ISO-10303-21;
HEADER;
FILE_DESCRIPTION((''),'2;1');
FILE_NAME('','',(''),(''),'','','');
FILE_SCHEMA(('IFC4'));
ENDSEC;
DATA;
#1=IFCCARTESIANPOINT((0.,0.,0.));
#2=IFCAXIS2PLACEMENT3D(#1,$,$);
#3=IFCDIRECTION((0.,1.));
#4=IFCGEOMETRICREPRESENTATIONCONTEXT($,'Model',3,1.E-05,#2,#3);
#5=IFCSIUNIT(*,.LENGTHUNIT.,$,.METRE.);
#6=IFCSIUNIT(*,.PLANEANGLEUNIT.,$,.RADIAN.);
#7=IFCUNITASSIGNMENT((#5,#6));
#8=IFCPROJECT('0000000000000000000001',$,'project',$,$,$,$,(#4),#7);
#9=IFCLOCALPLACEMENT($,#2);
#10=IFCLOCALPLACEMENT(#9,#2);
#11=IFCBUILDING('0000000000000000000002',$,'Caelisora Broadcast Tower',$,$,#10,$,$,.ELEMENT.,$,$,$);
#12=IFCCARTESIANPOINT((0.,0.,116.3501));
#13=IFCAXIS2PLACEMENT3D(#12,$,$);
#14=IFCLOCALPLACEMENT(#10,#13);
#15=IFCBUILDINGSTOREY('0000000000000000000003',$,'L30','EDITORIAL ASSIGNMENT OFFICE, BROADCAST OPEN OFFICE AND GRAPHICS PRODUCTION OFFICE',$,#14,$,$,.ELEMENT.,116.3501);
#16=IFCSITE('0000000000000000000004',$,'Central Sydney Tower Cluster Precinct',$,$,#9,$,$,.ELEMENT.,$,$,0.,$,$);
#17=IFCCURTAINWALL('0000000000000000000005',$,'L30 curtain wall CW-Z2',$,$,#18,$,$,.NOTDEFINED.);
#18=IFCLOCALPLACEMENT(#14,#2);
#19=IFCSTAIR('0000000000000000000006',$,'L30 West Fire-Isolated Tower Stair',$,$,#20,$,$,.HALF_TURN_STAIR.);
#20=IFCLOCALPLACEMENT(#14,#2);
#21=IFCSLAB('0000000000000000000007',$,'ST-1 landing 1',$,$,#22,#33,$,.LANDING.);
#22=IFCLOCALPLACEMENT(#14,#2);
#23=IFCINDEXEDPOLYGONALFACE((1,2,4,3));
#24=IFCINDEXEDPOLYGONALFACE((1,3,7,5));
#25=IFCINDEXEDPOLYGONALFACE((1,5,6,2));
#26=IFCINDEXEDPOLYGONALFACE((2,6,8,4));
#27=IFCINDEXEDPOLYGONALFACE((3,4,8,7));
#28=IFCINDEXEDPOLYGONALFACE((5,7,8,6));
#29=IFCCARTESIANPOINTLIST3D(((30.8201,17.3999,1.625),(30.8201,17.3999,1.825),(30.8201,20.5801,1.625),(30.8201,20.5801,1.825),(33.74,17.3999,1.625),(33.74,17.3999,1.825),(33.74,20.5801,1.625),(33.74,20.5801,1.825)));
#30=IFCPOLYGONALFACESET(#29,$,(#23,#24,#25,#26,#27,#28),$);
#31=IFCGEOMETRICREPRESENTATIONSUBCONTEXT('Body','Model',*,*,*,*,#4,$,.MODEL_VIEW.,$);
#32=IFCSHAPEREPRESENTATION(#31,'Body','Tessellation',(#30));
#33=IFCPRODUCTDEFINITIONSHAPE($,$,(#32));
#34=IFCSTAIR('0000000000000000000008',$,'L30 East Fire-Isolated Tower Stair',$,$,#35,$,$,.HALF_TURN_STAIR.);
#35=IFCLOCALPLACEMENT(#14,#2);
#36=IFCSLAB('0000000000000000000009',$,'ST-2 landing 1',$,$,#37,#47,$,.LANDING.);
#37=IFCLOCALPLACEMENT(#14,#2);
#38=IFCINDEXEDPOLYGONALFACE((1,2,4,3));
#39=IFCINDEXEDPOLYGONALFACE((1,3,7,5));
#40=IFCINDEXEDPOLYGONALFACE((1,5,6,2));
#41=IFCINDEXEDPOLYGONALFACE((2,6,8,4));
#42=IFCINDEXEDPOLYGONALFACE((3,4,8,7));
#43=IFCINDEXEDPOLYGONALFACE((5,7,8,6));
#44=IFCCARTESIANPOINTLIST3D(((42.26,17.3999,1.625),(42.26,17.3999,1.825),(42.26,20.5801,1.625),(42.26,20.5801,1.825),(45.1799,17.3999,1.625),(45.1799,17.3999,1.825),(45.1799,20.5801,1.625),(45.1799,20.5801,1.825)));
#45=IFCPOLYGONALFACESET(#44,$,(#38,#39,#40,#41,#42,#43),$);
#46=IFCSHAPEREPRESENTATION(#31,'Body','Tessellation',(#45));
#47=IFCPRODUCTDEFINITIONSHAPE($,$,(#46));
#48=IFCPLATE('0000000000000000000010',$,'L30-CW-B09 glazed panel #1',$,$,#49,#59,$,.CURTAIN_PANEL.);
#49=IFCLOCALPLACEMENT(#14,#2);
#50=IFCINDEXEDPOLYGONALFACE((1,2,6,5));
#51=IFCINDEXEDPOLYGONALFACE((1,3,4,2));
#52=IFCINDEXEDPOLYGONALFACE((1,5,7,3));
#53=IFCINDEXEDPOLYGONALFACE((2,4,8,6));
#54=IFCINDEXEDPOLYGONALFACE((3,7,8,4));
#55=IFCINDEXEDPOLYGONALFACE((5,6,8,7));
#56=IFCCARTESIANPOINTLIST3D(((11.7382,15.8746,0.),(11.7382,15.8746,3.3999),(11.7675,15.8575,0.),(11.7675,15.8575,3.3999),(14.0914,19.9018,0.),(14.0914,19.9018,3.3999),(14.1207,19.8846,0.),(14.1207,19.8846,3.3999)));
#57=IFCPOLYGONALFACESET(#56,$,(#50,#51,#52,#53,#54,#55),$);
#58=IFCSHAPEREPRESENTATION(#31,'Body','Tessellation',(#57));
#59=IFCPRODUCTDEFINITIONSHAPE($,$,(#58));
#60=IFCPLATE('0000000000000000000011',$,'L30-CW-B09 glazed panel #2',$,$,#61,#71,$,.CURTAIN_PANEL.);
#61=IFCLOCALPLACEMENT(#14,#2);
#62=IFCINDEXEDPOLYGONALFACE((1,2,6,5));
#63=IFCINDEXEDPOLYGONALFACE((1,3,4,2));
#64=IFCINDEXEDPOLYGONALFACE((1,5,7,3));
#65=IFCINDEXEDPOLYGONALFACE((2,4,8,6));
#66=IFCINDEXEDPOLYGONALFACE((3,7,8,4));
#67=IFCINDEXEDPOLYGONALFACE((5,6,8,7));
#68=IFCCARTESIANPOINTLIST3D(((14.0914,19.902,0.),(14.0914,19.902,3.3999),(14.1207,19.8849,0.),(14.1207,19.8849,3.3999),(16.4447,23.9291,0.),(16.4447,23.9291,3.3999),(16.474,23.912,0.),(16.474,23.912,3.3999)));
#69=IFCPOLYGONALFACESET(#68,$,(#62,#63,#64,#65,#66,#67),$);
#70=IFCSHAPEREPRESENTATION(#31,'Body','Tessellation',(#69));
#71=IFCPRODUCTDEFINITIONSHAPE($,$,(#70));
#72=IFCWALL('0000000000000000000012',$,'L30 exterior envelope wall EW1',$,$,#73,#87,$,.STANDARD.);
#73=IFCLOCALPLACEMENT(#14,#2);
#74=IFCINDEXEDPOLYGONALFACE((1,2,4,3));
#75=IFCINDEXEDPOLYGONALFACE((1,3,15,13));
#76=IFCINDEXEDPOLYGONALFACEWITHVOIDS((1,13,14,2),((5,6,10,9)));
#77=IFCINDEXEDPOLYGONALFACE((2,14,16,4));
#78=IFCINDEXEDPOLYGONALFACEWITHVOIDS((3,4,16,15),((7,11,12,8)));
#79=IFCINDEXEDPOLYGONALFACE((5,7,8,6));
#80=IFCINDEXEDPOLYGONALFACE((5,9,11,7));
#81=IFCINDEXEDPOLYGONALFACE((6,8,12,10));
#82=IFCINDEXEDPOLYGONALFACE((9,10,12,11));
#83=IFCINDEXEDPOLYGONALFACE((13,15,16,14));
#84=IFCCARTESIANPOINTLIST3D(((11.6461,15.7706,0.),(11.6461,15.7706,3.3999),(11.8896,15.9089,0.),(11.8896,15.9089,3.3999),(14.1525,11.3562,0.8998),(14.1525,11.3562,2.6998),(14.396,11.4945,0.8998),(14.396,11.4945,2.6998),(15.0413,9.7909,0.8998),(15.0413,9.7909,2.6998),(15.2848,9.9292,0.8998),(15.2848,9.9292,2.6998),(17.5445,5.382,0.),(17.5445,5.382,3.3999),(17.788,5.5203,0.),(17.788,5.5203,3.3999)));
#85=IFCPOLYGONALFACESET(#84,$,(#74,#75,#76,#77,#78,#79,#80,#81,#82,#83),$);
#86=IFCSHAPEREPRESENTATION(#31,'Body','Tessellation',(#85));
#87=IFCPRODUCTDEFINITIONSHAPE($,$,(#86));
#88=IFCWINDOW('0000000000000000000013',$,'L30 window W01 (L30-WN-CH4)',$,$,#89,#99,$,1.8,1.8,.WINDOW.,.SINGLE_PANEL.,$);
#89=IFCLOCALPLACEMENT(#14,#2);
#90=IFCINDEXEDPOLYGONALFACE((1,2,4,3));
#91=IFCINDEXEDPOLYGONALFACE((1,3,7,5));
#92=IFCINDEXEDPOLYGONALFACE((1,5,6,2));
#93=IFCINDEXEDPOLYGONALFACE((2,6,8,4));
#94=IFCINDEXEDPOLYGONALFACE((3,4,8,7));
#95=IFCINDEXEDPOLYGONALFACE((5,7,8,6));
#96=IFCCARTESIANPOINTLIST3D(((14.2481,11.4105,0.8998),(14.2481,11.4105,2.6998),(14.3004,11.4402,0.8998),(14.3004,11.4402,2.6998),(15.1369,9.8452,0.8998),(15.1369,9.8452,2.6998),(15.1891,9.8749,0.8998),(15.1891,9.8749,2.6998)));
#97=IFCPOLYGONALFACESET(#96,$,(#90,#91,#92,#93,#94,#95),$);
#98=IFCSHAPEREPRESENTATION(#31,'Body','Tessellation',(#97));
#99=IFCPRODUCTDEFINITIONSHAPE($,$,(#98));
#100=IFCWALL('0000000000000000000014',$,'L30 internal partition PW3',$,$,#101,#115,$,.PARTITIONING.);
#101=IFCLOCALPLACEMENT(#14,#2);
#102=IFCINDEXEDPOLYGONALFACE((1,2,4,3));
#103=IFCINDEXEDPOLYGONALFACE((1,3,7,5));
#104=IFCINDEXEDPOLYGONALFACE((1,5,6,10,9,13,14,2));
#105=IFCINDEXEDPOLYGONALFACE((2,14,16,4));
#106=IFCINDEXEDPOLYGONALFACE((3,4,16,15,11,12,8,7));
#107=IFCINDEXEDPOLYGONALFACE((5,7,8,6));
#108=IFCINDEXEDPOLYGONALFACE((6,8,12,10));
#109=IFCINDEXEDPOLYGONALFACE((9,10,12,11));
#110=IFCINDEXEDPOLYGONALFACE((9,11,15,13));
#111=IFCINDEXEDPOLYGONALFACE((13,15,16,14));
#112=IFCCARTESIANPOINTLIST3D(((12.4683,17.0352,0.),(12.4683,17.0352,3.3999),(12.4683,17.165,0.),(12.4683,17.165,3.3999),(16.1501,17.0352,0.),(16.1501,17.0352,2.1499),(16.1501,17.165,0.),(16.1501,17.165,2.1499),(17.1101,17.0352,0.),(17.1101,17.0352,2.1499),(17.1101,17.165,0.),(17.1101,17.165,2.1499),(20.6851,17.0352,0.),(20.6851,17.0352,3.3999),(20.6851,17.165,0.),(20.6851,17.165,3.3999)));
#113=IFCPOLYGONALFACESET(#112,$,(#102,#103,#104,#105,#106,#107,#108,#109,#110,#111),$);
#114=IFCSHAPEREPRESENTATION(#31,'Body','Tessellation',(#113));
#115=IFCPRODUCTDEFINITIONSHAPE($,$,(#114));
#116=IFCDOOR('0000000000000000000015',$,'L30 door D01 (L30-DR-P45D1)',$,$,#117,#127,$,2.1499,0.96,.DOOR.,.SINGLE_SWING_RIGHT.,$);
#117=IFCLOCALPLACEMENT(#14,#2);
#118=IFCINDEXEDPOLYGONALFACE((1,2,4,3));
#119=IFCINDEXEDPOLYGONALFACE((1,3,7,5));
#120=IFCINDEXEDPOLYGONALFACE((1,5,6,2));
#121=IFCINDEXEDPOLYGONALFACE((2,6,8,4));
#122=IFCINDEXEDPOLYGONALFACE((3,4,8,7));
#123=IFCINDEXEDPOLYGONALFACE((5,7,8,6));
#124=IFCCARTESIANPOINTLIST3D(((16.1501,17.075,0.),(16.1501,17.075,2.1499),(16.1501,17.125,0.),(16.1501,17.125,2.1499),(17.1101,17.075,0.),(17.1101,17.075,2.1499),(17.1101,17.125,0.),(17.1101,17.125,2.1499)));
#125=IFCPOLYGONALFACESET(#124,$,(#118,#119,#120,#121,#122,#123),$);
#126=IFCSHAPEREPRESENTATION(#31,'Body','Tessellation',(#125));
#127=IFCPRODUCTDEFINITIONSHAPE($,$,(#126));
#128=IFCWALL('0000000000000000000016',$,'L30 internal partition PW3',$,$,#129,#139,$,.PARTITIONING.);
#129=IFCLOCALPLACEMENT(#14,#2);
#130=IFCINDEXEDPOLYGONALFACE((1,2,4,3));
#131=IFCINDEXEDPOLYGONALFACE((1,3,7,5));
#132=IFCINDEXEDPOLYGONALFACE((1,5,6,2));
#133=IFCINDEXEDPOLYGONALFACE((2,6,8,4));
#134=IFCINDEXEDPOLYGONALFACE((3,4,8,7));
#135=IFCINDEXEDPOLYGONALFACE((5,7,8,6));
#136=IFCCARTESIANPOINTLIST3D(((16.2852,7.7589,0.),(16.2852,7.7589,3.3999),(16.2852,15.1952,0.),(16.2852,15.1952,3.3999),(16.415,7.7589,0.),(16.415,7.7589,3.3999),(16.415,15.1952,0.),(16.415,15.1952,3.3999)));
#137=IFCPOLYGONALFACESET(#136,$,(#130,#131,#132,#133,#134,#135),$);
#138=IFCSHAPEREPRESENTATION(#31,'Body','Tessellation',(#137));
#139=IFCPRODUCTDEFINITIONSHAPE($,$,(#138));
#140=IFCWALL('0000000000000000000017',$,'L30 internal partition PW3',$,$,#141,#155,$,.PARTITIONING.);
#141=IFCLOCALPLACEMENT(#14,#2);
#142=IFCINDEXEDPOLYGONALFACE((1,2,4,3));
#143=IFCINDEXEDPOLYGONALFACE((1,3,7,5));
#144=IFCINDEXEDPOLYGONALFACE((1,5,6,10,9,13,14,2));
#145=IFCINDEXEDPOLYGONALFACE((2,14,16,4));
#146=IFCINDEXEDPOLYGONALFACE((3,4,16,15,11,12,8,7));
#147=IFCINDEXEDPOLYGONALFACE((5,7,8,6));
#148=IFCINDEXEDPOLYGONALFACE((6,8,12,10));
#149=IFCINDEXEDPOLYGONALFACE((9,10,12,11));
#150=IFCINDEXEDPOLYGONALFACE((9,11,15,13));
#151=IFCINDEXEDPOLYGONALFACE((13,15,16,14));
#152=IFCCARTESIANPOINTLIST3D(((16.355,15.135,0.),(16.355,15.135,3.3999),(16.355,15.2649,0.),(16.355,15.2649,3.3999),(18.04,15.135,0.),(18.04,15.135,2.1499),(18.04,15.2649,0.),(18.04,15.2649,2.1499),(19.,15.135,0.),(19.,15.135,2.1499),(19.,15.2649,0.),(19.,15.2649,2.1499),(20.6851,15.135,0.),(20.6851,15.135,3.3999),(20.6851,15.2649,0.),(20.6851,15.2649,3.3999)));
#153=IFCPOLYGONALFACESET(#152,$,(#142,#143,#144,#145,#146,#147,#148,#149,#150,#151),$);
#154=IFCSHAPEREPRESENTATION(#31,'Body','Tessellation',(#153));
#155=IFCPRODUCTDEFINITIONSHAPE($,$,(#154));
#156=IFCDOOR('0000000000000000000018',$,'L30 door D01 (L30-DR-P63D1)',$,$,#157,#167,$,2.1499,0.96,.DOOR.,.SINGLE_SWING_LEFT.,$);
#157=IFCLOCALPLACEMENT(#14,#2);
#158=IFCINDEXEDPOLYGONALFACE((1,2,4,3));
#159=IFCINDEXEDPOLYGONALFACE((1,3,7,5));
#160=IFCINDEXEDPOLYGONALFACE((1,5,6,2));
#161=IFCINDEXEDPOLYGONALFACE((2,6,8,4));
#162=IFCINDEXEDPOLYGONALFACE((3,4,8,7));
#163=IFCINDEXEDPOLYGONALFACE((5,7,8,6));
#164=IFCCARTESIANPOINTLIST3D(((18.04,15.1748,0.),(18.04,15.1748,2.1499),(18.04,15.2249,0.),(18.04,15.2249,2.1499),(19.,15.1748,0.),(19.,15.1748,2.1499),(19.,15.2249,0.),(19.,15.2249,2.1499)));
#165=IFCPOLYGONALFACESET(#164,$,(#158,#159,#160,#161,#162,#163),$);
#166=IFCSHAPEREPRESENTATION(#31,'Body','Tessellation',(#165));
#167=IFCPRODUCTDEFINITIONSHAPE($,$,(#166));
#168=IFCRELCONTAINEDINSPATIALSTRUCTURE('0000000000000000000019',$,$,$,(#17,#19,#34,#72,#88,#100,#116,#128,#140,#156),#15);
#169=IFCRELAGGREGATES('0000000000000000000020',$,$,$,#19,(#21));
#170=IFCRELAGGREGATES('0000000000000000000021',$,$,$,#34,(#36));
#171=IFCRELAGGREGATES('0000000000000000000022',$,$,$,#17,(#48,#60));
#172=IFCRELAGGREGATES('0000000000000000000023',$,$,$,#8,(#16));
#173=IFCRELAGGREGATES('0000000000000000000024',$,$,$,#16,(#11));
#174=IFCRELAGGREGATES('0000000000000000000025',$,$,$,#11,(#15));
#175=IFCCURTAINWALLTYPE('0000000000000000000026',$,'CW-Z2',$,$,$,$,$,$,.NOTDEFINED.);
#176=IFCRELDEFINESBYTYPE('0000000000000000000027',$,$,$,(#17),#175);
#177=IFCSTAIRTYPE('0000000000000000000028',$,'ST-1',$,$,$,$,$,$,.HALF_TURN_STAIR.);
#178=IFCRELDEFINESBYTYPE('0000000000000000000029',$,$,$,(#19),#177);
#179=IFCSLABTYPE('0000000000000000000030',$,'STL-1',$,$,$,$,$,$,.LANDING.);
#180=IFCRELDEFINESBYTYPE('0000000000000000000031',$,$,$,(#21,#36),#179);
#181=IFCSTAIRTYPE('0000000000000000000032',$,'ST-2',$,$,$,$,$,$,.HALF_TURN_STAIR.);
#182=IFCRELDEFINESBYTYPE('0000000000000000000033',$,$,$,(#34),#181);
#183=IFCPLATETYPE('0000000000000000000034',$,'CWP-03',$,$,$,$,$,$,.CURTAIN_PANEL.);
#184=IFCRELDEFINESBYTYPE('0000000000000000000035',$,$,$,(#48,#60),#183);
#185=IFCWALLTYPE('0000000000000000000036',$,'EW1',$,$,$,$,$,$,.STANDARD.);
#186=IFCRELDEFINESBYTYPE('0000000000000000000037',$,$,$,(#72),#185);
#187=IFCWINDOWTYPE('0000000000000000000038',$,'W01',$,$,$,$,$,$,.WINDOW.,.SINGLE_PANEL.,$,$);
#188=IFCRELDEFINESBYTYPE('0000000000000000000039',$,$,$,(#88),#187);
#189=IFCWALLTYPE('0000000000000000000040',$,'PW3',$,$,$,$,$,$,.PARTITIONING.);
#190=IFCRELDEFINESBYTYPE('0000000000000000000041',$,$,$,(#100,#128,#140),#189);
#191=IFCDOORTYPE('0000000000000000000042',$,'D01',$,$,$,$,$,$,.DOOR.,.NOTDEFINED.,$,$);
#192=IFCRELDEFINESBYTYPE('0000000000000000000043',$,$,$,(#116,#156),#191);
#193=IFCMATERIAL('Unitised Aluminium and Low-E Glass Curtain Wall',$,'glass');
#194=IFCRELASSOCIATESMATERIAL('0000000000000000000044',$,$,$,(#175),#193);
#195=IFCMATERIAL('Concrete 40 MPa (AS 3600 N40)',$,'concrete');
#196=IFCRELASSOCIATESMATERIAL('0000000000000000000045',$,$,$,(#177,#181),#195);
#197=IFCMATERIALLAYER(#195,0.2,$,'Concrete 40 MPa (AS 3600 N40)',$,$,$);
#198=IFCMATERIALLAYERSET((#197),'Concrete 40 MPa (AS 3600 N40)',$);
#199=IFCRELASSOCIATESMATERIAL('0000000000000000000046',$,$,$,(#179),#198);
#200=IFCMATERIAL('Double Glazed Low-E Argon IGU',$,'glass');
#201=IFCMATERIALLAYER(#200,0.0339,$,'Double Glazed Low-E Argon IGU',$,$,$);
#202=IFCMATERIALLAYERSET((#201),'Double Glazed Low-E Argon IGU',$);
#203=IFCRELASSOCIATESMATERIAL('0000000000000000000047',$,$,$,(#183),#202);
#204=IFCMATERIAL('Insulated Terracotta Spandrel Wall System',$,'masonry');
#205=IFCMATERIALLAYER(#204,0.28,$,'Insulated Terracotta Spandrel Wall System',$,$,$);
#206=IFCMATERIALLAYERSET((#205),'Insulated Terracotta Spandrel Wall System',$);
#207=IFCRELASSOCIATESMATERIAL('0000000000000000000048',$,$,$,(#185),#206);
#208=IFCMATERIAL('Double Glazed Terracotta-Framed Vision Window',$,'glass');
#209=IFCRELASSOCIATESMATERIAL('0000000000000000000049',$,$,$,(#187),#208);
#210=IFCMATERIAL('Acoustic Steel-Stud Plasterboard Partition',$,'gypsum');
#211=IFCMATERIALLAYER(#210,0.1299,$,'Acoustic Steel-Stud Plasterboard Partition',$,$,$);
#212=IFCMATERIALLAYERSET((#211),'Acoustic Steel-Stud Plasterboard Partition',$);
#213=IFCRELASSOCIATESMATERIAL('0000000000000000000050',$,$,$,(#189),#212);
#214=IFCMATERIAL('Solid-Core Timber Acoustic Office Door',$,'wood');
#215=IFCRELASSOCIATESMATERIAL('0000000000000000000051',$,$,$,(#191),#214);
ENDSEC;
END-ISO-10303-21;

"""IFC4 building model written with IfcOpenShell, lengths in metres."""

from ifc_helpers import new_model, si_unit, direction, frame, frame_2d, origin, origin_2d, place, context, subcontext, project, spatial, polyline, rectangle, outline, extrude, source, transform, mapped, material, layer, layer_set, type_object, type_shapes, element, fill, aggregate, save


model = new_model("IFC4")

# Units and contexts
model_context = context("Model", 3, precision=1e-05, world=origin(), true_north=direction((0.0, 1.0)))
body_context = subcontext(model_context, "Body", "Model", "MODEL_VIEW")
ifc_project = project(units=[si_unit("LENGTHUNIT", "METRE"), si_unit("PLANEANGLEUNIT", "RADIAN")], contexts=[model_context])

# Site, building, storey
site_placement = place(None, origin())
site = spatial("IfcSite", under=ifc_project, at=site_placement, Name="Central Sydney Tower Cluster Precinct", CompositionType="ELEMENT", RefElevation=0.0)
building_placement = place(site_placement, origin())
building = spatial("IfcBuilding", under=site, at=building_placement, Name="Caelisora Broadcast Tower", CompositionType="ELEMENT")
storey_placement = place(building_placement, frame((0.0, 0.0, 116.3501)))
storey = spatial("IfcBuildingStorey", under=building, at=storey_placement, Name="L30", Description="EDITORIAL ASSIGNMENT OFFICE, BROADCAST OPEN OFFICE AND GRAPHICS PRODUCTION OFFICE", CompositionType="ELEMENT", Elevation=116.3501)

# Curtain wall
ifc_material_1 = material(Name="Unitised Aluminium and Low-E Glass Curtain Wall", Category="glass")
curtain_wall_type = type_object("IfcCurtainWallType", Name="CW-Z2", PredefinedType="NOTDEFINED", material=ifc_material_1)
curtain_wall_placement = place(storey_placement, origin())
curtain_wall = element("IfcCurtainWall", 1, at=curtain_wall_placement, inside=storey, type_object=curtain_wall_type, Name="L30 curtain wall CW-Z2", PredefinedType="NOTDEFINED")

# Shared definitions
ifc_material_2 = material(Name="Concrete 40 MPa (AS 3600 N40)", Category="concrete")

# Stairs, slabs
stair_type_1 = type_object("IfcStairType", Name="ST-1", PredefinedType="HALF_TURN_STAIR", material=ifc_material_2)
stair_1_placement = place(storey_placement, origin())
stair_1 = element("IfcStair", 2, at=stair_1_placement, inside=storey, type_object=stair_type_1, Name="L30 West Fire-Isolated Tower Stair", PredefinedType="HALF_TURN_STAIR")
ifc_layer_1 = layer(ifc_material_2, 0.2, Name="Concrete 40 MPa (AS 3600 N40)")
ifc_layer_set_1 = layer_set([ifc_layer_1], Name="Concrete 40 MPa (AS 3600 N40)")
slab_type_1 = type_object("IfcSlabType", Name="STL-1", PredefinedType="LANDING", material=ifc_layer_set_1)
slab_1_placement = place(storey_placement, frame((0.0, 0.0, 1.625)))
slab_1 = element("IfcSlab", 3, at=slab_1_placement, type_object=slab_type_1, Name="ST-1 landing 1", PredefinedType="LANDING", context=body_context, shape_type="SweptSolid", body=[
    extrude(outline(polyline([(30.8201, 20.5801), (30.8201, 17.3999), (33.74, 17.3999), (33.74, 20.5801), (30.8201, 20.5801)])), origin(), (0.0, 0.0, 1.0), 0.2),
])
aggregate(stair_1, [slab_1])
stair_type_2 = type_object("IfcStairType", Name="ST-2", PredefinedType="HALF_TURN_STAIR", material=ifc_material_2)
stair_2_placement = place(storey_placement, origin())
stair_2 = element("IfcStair", 4, at=stair_2_placement, inside=storey, type_object=stair_type_2, Name="L30 East Fire-Isolated Tower Stair", PredefinedType="HALF_TURN_STAIR")
slab_2_placement = place(storey_placement, frame((0.0, 0.0, 1.625)))
slab_2 = element("IfcSlab", 5, at=slab_2_placement, type_object=slab_type_1, Name="ST-2 landing 1", PredefinedType="LANDING", context=body_context, shape_type="SweptSolid", body=[
    extrude(outline(polyline([(42.26, 20.5801), (42.26, 17.3999), (45.1799, 17.3999), (45.1799, 20.5801), (42.26, 20.5801)])), origin(), (0.0, 0.0, 1.0), 0.2),
])
aggregate(stair_2, [slab_2])

# Plates
ifc_material_3 = material(Name="Double Glazed Low-E Argon IGU", Category="glass")
ifc_layer_2 = layer(ifc_material_3, 0.0339, Name="Double Glazed Low-E Argon IGU")
ifc_layer_set_2 = layer_set([ifc_layer_2], Name="Double Glazed Low-E Argon IGU")
plate_type = type_object("IfcPlateType", Name="CWP-03", PredefinedType="CURTAIN_PANEL", material=ifc_layer_set_2)
shared_shape_1 = source(origin(), body_context, "Body", "SweptSolid", [
    extrude(rectangle(XDim=4.6643, YDim=0.0339, at=origin_2d()), origin(), (0.0, 0.0, 1.0), 3.3999),
])
type_shapes(plate_type, [shared_shape_1])
plate_1_placement = place(storey_placement, frame((12.9294, 17.8796, 0.0), z_axis=(0.0, 0.0, 1.0), x_axis=(0.504528, 0.863396, 0.0)))
plate_1 = element("IfcPlate", 6, at=plate_1_placement, type_object=plate_type, Name="L30-CW-B09 glazed panel #1", PredefinedType="CURTAIN_PANEL", context=body_context, shape_type="MappedRepresentation", body=[
    mapped(shared_shape_1, transform((0.0, 0.0, 0.0), scale=1.0)),
])
plate_2_placement = place(storey_placement, frame((15.2827, 21.907, 0.0), z_axis=(0.0, 0.0, 1.0), x_axis=(0.504528, 0.863396, 0.0)))
plate_2 = element("IfcPlate", 7, at=plate_2_placement, type_object=plate_type, Name="L30-CW-B09 glazed panel #2", PredefinedType="CURTAIN_PANEL", context=body_context, shape_type="MappedRepresentation", body=[
    mapped(shared_shape_1, transform((0.0, 0.0, 0.0), scale=1.0)),
])
aggregate(curtain_wall, [plate_1, plate_2])

# Wall, opening, window
ifc_material_4 = material(Name="Insulated Terracotta Spandrel Wall System", Category="masonry")
ifc_layer_3 = layer(ifc_material_4, 0.28, Name="Insulated Terracotta Spandrel Wall System")
ifc_layer_set_3 = layer_set([ifc_layer_3], Name="Insulated Terracotta Spandrel Wall System")
wall_type_1 = type_object("IfcWallType", Name="EW1", PredefinedType="STANDARD", material=ifc_layer_set_3)
wall_1_placement = place(storey_placement, frame((17.6663, 5.4512, 0.0), z_axis=(0.0, 0.0, 1.0), x_axis=(-0.493743, 0.869608, 0.0)))
wall_1 = element("IfcWall", 8, at=wall_1_placement, inside=storey, type_object=wall_type_1, Name="L30 exterior envelope wall EW1", PredefinedType="STANDARD", context=body_context, shape_type="SweptSolid", body=[
    extrude(rectangle(XDim=11.9463, YDim=0.28, at=frame_2d((5.9731, 0.0))), origin(), (0.0, 0.0, 1.0), 3.3999),
])
opening_1_placement = place(wall_1_placement, frame((5.0701, 0.0, 0.8999)))
opening_1 = element("IfcOpeningElement", 9, at=opening_1_placement, cuts=wall_1, PredefinedType="OPENING", context=body_context, shape_type="SweptSolid", body=[
    extrude(rectangle(XDim=1.8, YDim=1.8, at=frame_2d((0.8999, 0.8999))), frame((0.0, 0.1521, 0.0), z_axis=(0.0, -1.0, 0.0), x_axis=(1.0, 0.0, 0.0)), (0.0, 0.0, 1.0), 0.304),
])
ifc_material_5 = material(Name="Double Glazed Terracotta-Framed Vision Window", Category="glass")
window_type = type_object("IfcWindowType", Name="W01", PartitioningType="SINGLE_PANEL", PredefinedType="WINDOW", material=ifc_material_5)
window_placement = place(opening_1_placement, origin())
window = element("IfcWindow", 10, at=window_placement, inside=storey, type_object=window_type, Name="L30 window W01 (L30-WN-CH4)", OverallHeight=1.8, OverallWidth=1.8, PartitioningType="SINGLE_PANEL", PredefinedType="WINDOW", context=body_context, shape_type="SweptSolid", body=[
    extrude(rectangle(XDim=1.8, YDim=1.8, at=frame_2d((0.8999, 0.8999))), frame((0.0, 0.03, 0.0), z_axis=(0.0, -1.0, 0.0), x_axis=(1.0, 0.0, 0.0)), (0.0, 0.0, 1.0), 0.0601),
])
fill(opening_1, window)

# Wall, opening, door
ifc_material_6 = material(Name="Acoustic Steel-Stud Plasterboard Partition", Category="gypsum")
ifc_layer_4 = layer(ifc_material_6, 0.1299, Name="Acoustic Steel-Stud Plasterboard Partition")
ifc_layer_set_4 = layer_set([ifc_layer_4], Name="Acoustic Steel-Stud Plasterboard Partition")
wall_type_2 = type_object("IfcWallType", Name="PW3", PredefinedType="PARTITIONING", material=ifc_layer_set_4)
wall_2_placement = place(storey_placement, frame((12.4683, 17.1001, 0.0), z_axis=(0.0, 0.0, 1.0), x_axis=(1.0, 0.0, 0.0)))
wall_2 = element("IfcWall", 11, at=wall_2_placement, inside=storey, type_object=wall_type_2, Name="L30 internal partition PW3", PredefinedType="PARTITIONING", context=body_context, shape_type="SweptSolid", body=[
    extrude(rectangle(XDim=8.2168, YDim=0.1299, at=frame_2d((4.1084, 0.0))), origin(), (0.0, 0.0, 1.0), 3.3999),
])
opening_2_placement = place(wall_2_placement, frame((3.6819, 0.0, 0.0)))
opening_2 = element("IfcOpeningElement", 12, at=opening_2_placement, cuts=wall_2, PredefinedType="OPENING", context=body_context, shape_type="SweptSolid", body=[
    extrude(rectangle(XDim=0.96, YDim=2.1499, at=frame_2d((0.48, 1.075))), frame((0.0, 0.0769, 0.0), z_axis=(0.0, -1.0, 0.0), x_axis=(1.0, 0.0, 0.0)), (0.0, 0.0, 1.0), 0.1538),
])
ifc_material_7 = material(Name="Solid-Core Timber Acoustic Office Door", Category="wood")
door_type = type_object("IfcDoorType", Name="D01", OperationType="NOTDEFINED", PredefinedType="DOOR", material=ifc_material_7)
door_1_placement = place(opening_2_placement, origin())
door_1 = element("IfcDoor", 13, at=door_1_placement, inside=storey, type_object=door_type, Name="L30 door D01 (L30-DR-P45D1)", OperationType="SINGLE_SWING_RIGHT", OverallHeight=2.1499, OverallWidth=0.96, PredefinedType="DOOR", context=body_context, shape_type="SweptSolid", body=[
    extrude(rectangle(XDim=0.96, YDim=2.1499, at=frame_2d((0.48, 1.075))), frame((0.0, 0.0249, 0.0), z_axis=(0.0, -1.0, 0.0), x_axis=(1.0, 0.0, 0.0)), (0.0, 0.0, 1.0), 0.05),
])
fill(opening_2, door_1)

# Wall
wall_3_placement = place(storey_placement, frame((16.3501, 7.7588, 0.0), z_axis=(0.0, 0.0, 1.0), x_axis=(0.0, 1.0, 0.0)))
element("IfcWall", 14, at=wall_3_placement, inside=storey, type_object=wall_type_2, Name="L30 internal partition PW3", PredefinedType="PARTITIONING", context=body_context, shape_type="SweptSolid", body=[
    extrude(rectangle(XDim=7.4363, YDim=0.1299, at=frame_2d((3.7183, 0.0))), origin(), (0.0, 0.0, 1.0), 3.3999),
])

# Wall, opening, door
wall_4_placement = place(storey_placement, frame((16.355, 15.2, 0.0), z_axis=(0.0, 0.0, 1.0), x_axis=(1.0, 0.0, 0.0)))
wall_4 = element("IfcWall", 15, at=wall_4_placement, inside=storey, type_object=wall_type_2, Name="L30 internal partition PW3", PredefinedType="PARTITIONING", context=body_context, shape_type="SweptSolid", body=[
    extrude(rectangle(XDim=4.3301, YDim=0.1299, at=frame_2d((2.165, 0.0))), origin(), (0.0, 0.0, 1.0), 3.3999),
])
opening_3_placement = place(wall_4_placement, frame((1.6851, 0.0, 0.0)))
opening_3 = element("IfcOpeningElement", 16, at=opening_3_placement, cuts=wall_4, PredefinedType="OPENING", context=body_context, shape_type="SweptSolid", body=[
    extrude(rectangle(XDim=0.96, YDim=2.1499, at=frame_2d((0.48, 1.075))), frame((0.0, 0.0769, 0.0), z_axis=(0.0, -1.0, 0.0), x_axis=(1.0, 0.0, 0.0)), (0.0, 0.0, 1.0), 0.1538),
])
door_2_placement = place(opening_3_placement, origin())
door_2 = element("IfcDoor", 17, at=door_2_placement, inside=storey, type_object=door_type, Name="L30 door D01 (L30-DR-P63D1)", OperationType="SINGLE_SWING_LEFT", OverallHeight=2.1499, OverallWidth=0.96, PredefinedType="DOOR", context=body_context, shape_type="SweptSolid", body=[
    extrude(rectangle(XDim=0.96, YDim=2.1499, at=frame_2d((0.48, 1.075))), frame((0.0, 0.0249, 0.0), z_axis=(0.0, -1.0, 0.0), x_axis=(1.0, 0.0, 0.0)), (0.0, 0.0, 1.0), 0.05),
])
fill(opening_3, door_2)

save(model, "model.ifc")
